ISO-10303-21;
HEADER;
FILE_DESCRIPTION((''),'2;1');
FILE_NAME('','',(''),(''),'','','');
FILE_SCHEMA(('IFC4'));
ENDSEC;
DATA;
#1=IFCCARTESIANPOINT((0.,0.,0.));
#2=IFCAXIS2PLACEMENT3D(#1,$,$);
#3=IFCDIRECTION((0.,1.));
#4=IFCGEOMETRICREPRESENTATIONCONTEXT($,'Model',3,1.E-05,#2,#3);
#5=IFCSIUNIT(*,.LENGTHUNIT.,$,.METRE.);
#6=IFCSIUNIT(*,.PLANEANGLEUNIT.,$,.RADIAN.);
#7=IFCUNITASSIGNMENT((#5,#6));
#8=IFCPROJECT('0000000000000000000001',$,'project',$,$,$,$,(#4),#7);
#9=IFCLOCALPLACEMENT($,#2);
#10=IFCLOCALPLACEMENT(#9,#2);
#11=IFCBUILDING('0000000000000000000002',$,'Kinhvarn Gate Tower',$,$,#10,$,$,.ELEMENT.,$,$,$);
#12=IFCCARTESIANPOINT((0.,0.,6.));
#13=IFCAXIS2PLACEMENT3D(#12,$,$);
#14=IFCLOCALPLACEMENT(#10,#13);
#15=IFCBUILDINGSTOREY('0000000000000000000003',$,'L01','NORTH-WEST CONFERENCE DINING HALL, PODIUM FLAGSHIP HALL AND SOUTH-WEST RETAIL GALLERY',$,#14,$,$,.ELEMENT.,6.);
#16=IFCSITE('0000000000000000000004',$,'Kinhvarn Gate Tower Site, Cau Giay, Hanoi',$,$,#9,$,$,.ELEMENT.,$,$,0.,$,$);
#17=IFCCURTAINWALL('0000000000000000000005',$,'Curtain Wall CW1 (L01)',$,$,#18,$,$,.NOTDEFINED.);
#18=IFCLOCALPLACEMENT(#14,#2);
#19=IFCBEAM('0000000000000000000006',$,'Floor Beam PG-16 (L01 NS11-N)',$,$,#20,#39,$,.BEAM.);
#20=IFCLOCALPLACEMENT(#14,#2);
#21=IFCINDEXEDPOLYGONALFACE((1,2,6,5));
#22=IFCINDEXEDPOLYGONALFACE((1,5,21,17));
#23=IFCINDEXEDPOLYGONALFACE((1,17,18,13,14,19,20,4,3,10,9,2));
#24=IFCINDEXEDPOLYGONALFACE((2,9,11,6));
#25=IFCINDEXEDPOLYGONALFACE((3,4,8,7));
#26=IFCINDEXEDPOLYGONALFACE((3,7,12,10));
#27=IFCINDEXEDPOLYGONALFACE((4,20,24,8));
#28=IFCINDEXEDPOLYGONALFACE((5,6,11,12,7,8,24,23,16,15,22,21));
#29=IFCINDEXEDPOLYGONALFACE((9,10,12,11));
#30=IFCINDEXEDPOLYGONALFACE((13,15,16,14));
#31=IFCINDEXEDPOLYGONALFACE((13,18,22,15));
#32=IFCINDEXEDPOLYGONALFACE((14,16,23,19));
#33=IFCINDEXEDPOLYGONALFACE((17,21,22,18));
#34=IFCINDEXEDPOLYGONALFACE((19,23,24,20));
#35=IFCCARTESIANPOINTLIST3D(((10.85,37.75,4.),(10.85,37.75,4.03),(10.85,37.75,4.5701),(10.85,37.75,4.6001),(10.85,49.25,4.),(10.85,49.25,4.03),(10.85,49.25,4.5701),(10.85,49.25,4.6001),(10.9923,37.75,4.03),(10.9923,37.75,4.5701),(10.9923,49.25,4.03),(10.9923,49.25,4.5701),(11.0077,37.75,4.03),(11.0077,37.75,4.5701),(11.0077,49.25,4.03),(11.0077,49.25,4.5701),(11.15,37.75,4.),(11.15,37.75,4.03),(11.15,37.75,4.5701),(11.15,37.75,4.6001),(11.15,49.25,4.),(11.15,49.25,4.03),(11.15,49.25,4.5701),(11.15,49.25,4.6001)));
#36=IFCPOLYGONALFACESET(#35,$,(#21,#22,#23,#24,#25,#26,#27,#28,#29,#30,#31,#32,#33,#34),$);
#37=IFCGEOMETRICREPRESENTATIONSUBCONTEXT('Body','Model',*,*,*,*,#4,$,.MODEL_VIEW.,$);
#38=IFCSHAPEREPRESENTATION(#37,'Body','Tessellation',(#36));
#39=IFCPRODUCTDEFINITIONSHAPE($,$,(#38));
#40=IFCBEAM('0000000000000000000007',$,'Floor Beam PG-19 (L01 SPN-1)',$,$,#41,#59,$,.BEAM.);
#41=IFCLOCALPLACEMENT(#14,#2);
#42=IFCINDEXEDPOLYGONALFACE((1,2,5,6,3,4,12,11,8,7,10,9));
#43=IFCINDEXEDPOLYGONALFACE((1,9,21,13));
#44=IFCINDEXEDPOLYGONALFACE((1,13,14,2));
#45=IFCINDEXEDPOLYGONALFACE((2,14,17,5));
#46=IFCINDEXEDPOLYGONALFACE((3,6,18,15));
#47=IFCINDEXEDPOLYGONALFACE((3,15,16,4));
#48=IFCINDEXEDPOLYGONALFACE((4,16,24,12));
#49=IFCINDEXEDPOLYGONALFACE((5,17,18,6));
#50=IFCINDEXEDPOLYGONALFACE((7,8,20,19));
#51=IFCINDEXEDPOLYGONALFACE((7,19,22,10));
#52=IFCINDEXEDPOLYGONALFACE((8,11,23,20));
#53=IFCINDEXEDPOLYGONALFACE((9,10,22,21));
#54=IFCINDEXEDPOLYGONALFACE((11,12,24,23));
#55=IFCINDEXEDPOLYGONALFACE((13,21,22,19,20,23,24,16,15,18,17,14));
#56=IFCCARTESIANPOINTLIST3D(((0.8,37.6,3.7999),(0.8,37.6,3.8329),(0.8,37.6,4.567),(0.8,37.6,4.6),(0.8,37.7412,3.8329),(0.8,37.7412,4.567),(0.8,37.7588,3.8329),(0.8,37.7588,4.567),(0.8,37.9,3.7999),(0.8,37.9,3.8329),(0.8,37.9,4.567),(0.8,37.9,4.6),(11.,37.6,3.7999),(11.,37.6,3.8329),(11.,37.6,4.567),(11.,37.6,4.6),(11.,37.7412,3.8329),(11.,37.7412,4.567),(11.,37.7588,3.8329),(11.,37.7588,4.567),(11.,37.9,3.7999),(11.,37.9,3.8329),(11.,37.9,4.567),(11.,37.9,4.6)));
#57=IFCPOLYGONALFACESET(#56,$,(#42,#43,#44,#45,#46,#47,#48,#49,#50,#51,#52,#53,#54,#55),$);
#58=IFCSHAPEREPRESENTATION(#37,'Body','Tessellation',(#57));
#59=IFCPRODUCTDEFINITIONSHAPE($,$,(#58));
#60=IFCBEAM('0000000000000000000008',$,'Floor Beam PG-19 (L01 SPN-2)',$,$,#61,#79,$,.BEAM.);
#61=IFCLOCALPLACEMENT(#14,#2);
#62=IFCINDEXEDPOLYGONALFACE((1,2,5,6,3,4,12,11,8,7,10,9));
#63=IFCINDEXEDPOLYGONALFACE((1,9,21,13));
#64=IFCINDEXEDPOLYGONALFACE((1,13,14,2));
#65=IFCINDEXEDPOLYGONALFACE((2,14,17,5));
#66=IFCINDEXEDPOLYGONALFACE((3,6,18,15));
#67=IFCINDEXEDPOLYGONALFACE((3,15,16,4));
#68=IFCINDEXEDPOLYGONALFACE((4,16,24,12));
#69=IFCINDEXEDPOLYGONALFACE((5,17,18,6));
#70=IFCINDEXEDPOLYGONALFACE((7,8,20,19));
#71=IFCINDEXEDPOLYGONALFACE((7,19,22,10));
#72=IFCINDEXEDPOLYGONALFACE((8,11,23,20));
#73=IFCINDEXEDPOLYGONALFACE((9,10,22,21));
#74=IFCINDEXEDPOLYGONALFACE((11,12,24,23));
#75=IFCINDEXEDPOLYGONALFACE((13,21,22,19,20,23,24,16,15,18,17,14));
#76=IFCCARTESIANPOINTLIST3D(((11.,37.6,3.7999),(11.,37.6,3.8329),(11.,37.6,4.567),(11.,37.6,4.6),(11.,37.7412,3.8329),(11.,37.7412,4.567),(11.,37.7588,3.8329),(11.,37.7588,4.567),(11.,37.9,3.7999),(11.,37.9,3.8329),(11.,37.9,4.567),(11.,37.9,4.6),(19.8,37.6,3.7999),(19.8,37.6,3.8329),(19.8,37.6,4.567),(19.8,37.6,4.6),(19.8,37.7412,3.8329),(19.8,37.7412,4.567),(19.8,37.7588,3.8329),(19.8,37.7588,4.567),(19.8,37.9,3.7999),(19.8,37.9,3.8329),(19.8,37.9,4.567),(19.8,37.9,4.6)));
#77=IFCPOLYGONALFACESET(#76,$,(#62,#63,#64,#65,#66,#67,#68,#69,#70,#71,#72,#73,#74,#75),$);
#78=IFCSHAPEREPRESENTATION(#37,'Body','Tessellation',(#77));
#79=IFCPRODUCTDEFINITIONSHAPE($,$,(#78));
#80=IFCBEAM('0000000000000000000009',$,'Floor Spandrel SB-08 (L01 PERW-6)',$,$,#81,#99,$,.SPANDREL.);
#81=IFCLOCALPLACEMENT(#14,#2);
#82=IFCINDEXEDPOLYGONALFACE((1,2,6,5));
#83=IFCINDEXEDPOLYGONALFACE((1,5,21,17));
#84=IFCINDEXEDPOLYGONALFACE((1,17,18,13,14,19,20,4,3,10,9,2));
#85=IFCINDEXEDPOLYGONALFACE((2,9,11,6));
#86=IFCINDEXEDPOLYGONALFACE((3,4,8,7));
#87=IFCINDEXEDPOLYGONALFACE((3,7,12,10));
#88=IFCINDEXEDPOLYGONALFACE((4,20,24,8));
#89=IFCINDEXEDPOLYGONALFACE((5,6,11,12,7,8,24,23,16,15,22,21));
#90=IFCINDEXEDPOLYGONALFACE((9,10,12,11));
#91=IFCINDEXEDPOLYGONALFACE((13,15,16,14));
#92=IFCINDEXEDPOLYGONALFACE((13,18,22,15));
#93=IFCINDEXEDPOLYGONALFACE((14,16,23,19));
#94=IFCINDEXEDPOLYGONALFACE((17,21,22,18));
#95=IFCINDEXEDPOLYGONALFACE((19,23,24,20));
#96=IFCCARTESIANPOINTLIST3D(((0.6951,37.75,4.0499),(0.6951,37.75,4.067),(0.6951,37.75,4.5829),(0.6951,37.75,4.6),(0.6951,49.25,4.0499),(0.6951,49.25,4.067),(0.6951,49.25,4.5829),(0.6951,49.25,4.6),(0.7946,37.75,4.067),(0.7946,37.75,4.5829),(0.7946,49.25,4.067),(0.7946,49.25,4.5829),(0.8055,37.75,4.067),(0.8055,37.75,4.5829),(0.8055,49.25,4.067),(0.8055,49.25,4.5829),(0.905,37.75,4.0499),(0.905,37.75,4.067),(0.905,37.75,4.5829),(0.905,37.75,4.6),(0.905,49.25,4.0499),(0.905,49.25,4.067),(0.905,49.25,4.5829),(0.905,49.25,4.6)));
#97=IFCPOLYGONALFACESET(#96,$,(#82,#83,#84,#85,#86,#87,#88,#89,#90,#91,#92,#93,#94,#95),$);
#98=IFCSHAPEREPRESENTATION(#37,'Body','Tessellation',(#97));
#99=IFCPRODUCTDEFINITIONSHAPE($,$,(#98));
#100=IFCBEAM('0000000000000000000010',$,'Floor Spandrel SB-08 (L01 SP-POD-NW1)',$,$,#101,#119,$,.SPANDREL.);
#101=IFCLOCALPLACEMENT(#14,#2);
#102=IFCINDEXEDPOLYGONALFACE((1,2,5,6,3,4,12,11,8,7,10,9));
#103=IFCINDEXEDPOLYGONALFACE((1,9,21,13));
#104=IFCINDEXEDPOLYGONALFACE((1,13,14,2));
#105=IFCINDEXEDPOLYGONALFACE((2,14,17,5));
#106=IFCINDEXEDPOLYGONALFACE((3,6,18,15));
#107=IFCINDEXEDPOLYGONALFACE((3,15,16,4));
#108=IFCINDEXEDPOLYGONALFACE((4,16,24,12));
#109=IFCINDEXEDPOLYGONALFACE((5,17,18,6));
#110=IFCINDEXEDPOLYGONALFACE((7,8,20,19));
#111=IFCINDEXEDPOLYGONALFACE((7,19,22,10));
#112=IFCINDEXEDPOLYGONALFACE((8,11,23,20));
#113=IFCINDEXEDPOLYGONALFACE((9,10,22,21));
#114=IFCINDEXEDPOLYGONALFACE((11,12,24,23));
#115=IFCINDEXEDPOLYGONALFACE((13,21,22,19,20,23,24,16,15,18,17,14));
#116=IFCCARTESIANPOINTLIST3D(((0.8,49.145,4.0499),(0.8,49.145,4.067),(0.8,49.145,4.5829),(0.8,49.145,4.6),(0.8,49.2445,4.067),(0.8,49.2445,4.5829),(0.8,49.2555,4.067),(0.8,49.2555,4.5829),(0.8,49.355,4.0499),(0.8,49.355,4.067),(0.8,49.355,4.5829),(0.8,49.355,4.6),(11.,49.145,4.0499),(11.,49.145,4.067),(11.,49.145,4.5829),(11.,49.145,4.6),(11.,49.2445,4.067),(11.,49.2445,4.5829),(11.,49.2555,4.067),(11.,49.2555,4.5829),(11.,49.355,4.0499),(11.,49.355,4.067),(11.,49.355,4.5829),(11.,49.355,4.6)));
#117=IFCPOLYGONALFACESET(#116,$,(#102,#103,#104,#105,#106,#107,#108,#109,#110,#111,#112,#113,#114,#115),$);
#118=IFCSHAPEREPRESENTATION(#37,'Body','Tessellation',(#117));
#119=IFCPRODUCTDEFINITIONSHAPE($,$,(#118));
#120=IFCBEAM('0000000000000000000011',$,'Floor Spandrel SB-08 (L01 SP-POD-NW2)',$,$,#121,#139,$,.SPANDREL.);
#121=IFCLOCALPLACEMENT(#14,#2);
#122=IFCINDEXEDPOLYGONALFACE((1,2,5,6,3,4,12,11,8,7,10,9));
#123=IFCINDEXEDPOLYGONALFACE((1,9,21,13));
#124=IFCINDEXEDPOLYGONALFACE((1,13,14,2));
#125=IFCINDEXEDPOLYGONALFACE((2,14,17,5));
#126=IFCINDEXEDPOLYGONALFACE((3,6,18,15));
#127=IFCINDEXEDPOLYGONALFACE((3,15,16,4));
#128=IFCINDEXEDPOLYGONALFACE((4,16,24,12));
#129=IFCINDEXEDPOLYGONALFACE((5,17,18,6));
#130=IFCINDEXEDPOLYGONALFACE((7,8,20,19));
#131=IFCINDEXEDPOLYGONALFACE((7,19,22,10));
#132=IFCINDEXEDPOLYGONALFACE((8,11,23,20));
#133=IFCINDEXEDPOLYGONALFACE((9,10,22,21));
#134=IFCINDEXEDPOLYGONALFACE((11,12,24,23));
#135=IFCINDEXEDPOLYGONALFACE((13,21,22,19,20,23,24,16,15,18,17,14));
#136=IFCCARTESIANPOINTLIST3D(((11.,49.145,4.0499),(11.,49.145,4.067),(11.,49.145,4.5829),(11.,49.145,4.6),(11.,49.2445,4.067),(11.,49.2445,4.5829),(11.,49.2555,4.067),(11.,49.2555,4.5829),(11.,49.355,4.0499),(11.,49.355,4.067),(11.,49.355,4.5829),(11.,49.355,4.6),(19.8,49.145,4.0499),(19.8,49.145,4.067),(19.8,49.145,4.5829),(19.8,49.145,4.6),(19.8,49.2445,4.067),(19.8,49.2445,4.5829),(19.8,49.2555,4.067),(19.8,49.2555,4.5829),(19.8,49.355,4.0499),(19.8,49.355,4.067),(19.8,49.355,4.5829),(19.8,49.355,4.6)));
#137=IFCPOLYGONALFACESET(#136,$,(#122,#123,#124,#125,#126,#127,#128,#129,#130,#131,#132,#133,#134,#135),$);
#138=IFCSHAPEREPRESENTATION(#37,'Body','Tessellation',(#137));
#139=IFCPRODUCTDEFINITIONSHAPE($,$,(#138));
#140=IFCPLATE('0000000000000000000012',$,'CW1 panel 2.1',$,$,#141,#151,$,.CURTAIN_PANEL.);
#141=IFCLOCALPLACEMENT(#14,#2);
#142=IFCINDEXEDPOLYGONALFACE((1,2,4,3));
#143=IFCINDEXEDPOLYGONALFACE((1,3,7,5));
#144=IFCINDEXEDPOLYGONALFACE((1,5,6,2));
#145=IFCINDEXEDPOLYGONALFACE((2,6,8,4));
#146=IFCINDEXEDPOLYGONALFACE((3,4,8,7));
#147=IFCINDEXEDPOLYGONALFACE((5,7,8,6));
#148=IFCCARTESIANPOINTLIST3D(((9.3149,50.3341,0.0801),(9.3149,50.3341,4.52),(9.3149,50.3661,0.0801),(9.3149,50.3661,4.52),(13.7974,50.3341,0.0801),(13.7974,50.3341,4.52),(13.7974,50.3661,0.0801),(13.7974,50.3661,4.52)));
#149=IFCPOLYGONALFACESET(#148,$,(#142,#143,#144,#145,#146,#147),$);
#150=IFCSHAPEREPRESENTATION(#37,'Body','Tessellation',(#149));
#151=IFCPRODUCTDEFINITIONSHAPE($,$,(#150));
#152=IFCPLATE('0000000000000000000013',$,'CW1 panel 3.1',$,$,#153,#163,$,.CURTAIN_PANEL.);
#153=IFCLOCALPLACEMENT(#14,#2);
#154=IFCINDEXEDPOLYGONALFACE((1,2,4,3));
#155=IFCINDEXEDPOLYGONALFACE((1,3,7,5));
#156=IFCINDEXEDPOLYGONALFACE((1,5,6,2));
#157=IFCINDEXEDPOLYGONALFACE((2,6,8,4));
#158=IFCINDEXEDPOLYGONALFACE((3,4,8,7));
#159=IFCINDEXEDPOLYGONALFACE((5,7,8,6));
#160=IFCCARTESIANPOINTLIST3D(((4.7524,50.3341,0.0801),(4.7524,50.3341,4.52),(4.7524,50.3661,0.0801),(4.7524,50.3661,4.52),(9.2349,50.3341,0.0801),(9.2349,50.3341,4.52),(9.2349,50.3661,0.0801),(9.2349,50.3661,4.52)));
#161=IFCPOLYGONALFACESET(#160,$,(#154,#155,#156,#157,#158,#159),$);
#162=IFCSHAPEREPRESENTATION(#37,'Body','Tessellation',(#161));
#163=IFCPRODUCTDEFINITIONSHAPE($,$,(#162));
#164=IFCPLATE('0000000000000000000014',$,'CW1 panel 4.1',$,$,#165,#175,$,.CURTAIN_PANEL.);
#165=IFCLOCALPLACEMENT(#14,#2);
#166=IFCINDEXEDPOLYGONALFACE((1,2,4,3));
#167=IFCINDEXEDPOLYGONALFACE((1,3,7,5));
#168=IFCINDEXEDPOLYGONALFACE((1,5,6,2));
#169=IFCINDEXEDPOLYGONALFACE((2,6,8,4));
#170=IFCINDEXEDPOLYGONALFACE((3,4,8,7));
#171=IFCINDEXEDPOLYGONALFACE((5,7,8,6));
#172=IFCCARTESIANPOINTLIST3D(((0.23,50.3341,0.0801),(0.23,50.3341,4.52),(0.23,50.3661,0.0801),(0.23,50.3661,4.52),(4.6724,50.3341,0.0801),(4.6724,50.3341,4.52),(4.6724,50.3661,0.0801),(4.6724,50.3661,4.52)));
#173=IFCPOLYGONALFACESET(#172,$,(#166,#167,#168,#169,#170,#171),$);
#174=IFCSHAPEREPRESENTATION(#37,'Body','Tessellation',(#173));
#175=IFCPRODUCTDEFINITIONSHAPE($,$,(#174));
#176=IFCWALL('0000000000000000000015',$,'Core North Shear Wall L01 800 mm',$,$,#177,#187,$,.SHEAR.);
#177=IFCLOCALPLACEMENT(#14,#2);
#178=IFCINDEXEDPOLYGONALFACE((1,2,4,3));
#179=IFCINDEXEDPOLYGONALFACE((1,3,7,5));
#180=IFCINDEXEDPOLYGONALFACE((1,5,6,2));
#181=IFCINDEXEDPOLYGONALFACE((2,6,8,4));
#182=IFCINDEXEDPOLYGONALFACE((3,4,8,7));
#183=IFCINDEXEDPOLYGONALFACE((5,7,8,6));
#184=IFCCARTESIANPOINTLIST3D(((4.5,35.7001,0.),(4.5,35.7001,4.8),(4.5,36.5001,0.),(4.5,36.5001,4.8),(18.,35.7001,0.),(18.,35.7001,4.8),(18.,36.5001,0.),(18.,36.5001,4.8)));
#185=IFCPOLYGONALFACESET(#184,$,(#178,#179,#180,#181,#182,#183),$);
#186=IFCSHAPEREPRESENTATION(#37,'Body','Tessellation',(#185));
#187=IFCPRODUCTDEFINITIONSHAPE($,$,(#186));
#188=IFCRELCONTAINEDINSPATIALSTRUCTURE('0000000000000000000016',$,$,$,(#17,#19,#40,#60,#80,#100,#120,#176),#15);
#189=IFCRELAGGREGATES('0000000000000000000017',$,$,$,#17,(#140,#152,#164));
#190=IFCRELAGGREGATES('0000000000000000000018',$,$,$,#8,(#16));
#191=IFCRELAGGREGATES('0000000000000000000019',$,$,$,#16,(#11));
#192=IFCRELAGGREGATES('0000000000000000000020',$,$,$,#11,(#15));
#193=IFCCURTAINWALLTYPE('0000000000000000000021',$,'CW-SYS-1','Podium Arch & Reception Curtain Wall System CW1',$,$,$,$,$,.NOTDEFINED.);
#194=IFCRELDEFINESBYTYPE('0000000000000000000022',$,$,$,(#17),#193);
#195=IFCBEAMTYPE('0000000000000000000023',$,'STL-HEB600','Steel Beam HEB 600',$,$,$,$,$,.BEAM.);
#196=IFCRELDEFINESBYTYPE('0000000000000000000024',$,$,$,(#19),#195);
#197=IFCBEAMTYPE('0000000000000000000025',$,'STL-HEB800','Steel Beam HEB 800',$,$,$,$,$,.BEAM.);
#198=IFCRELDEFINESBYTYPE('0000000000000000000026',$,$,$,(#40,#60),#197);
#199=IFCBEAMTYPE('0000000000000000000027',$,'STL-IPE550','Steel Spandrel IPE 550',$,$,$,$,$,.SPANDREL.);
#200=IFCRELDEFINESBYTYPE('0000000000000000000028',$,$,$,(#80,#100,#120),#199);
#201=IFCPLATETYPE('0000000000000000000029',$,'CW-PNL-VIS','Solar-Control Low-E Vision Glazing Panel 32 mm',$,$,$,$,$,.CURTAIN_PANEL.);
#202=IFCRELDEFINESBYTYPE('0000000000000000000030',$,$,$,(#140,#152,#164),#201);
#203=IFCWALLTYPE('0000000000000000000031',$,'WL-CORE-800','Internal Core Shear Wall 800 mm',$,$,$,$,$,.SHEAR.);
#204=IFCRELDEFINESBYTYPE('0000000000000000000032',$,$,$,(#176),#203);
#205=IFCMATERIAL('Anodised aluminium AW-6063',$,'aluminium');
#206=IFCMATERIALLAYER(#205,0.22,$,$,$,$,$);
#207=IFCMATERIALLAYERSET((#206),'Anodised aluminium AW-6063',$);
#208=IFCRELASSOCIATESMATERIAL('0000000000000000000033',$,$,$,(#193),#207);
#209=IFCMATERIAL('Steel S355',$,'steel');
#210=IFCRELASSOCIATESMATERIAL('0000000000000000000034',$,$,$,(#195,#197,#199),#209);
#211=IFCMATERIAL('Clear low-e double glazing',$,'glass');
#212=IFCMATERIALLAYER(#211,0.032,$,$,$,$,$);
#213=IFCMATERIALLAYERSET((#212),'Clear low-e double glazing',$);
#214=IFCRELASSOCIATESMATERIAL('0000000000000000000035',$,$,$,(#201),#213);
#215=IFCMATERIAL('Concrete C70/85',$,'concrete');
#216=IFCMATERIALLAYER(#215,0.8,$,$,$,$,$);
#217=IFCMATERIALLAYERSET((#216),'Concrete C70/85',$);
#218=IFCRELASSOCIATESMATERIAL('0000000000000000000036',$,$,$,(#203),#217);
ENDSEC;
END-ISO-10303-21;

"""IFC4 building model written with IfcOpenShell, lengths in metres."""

from ifc_helpers import new_model, si_unit, direction, frame, frame_2d, origin, origin_2d, place, context, subcontext, project, spatial, rectangle, i_section, extrude, material, layer, layer_set, material_profile, profile_set, type_object, element, aggregate, save


model = new_model("IFC4")

# Units and contexts
model_context = context("Model", 3, precision=1e-05, world=origin(), true_north=direction((0.0, 1.0)))
body_context = subcontext(model_context, "Body", "Model", "MODEL_VIEW")
ifc_project = project(units=[si_unit("LENGTHUNIT", "METRE"), si_unit("PLANEANGLEUNIT", "RADIAN")], contexts=[model_context])

# Site, building, storey
site_placement = place(None, origin())
site = spatial("IfcSite", under=ifc_project, at=site_placement, Name="Kinhvarn Gate Tower Site, Cau Giay, Hanoi", CompositionType="ELEMENT", RefElevation=0.0)
building_placement = place(site_placement, origin())
building = spatial("IfcBuilding", under=site, at=building_placement, Name="Kinhvarn Gate Tower", CompositionType="ELEMENT")
storey_placement = place(building_placement, frame((0.0, 0.0, 6.0)))
storey = spatial("IfcBuildingStorey", under=building, at=storey_placement, Name="L01", Description="NORTH-WEST CONFERENCE DINING HALL, PODIUM FLAGSHIP HALL AND SOUTH-WEST RETAIL GALLERY", CompositionType="ELEMENT", Elevation=6.0)

# Shared definitions
ifc_material_1 = material(Name="Concrete C70/85", Category="concrete")

# Curtain wall
ifc_material_2 = material(Name="Anodised aluminium AW-6063", Category="aluminium")
ifc_layer_1 = layer(ifc_material_2, 0.22)
ifc_layer_set_1 = layer_set([ifc_layer_1], Name="Anodised aluminium AW-6063")
curtain_wall_type = type_object("IfcCurtainWallType", Name="CW-SYS-1", Description="Podium Arch & Reception Curtain Wall System CW1", PredefinedType="NOTDEFINED", material=ifc_layer_set_1)
curtain_wall_placement = place(storey_placement, origin())
curtain_wall = element("IfcCurtainWall", 1, at=curtain_wall_placement, inside=storey, type_object=curtain_wall_type, Name="Curtain Wall CW1 (L01)", PredefinedType="NOTDEFINED")

# Beams
ifc_material_3 = material(Name="Steel S355", Category="steel")
ifc_material_profile_1 = material_profile(ifc_material_3, i_section(OverallWidth=0.3, OverallDepth=0.6001, WebThickness=0.0154, FlangeThickness=0.03, at=origin_2d()), Name="HEB 600")
ifc_profile_set_1 = profile_set([ifc_material_profile_1], Name="Steel S355")
beam_type_1 = type_object("IfcBeamType", Name="STL-HEB600", Description="Steel Beam HEB 600", PredefinedType="BEAM", material=ifc_profile_set_1)
beam_1_placement = place(storey_placement, frame((11.0, 37.75, 4.3), z_axis=(0.0, 1.0, 0.0), x_axis=(-1.0, 0.0, 0.0)))
element("IfcBeam", 2, at=beam_1_placement, inside=storey, type_object=beam_type_1, Name="Floor Beam PG-16 (L01 NS11-N)", PredefinedType="BEAM", context=body_context, shape_type="SweptSolid", body=[
    extrude(i_section(OverallWidth=0.3, OverallDepth=0.6001, WebThickness=0.0154, FlangeThickness=0.03, at=origin_2d()), origin(), (0.0, 0.0, 1.0), 11.5),
])
ifc_material_profile_2 = material_profile(ifc_material_3, i_section(OverallWidth=0.3, OverallDepth=0.8, WebThickness=0.0176, FlangeThickness=0.033, at=origin_2d()), Name="HEB 800")
ifc_profile_set_2 = profile_set([ifc_material_profile_2], Name="Steel S355")
beam_type_2 = type_object("IfcBeamType", Name="STL-HEB800", Description="Steel Beam HEB 800", PredefinedType="BEAM", material=ifc_profile_set_2)
beam_2_placement = place(storey_placement, frame((0.8, 37.75, 4.2), z_axis=(1.0, 0.0, 0.0), x_axis=(0.0, 1.0, 0.0)))
element("IfcBeam", 3, at=beam_2_placement, inside=storey, type_object=beam_type_2, Name="Floor Beam PG-19 (L01 SPN-1)", PredefinedType="BEAM", context=body_context, shape_type="SweptSolid", body=[
    extrude(i_section(OverallWidth=0.3, OverallDepth=0.8, WebThickness=0.0176, FlangeThickness=0.033, at=origin_2d()), origin(), (0.0, 0.0, 1.0), 10.2),
])
beam_3_placement = place(storey_placement, frame((11.0, 37.75, 4.2), z_axis=(1.0, 0.0, 0.0), x_axis=(0.0, 1.0, 0.0)))
element("IfcBeam", 4, at=beam_3_placement, inside=storey, type_object=beam_type_2, Name="Floor Beam PG-19 (L01 SPN-2)", PredefinedType="BEAM", context=body_context, shape_type="SweptSolid", body=[
    extrude(i_section(OverallWidth=0.3, OverallDepth=0.8, WebThickness=0.0176, FlangeThickness=0.033, at=origin_2d()), origin(), (0.0, 0.0, 1.0), 8.8),
])
ifc_material_profile_3 = material_profile(ifc_material_3, i_section(OverallWidth=0.21, OverallDepth=0.55, WebThickness=0.011, FlangeThickness=0.0171, at=origin_2d()), Name="IPE 550")
ifc_profile_set_3 = profile_set([ifc_material_profile_3], Name="Steel S355")
beam_type_3 = type_object("IfcBeamType", Name="STL-IPE550", Description="Steel Spandrel IPE 550", PredefinedType="SPANDREL", material=ifc_profile_set_3)
beam_4_placement = place(storey_placement, frame((0.8, 37.75, 4.325), z_axis=(0.0, 1.0, 0.0), x_axis=(-1.0, 0.0, 0.0)))
element("IfcBeam", 5, at=beam_4_placement, inside=storey, type_object=beam_type_3, Name="Floor Spandrel SB-08 (L01 PERW-6)", PredefinedType="SPANDREL", context=body_context, shape_type="SweptSolid", body=[
    extrude(i_section(OverallWidth=0.21, OverallDepth=0.55, WebThickness=0.011, FlangeThickness=0.0171, at=origin_2d()), origin(), (0.0, 0.0, 1.0), 11.5),
])
beam_5_placement = place(storey_placement, frame((0.8, 49.25, 4.325), z_axis=(1.0, 0.0, 0.0), x_axis=(0.0, 1.0, 0.0)))
element("IfcBeam", 6, at=beam_5_placement, inside=storey, type_object=beam_type_3, Name="Floor Spandrel SB-08 (L01 SP-POD-NW1)", PredefinedType="SPANDREL", context=body_context, shape_type="SweptSolid", body=[
    extrude(i_section(OverallWidth=0.21, OverallDepth=0.55, WebThickness=0.011, FlangeThickness=0.0171, at=origin_2d()), origin(), (0.0, 0.0, 1.0), 10.2),
])
beam_6_placement = place(storey_placement, frame((11.0, 49.25, 4.325), z_axis=(1.0, 0.0, 0.0), x_axis=(0.0, 1.0, 0.0)))
element("IfcBeam", 7, at=beam_6_placement, inside=storey, type_object=beam_type_3, Name="Floor Spandrel SB-08 (L01 SP-POD-NW2)", PredefinedType="SPANDREL", context=body_context, shape_type="SweptSolid", body=[
    extrude(i_section(OverallWidth=0.21, OverallDepth=0.55, WebThickness=0.011, FlangeThickness=0.0171, at=origin_2d()), origin(), (0.0, 0.0, 1.0), 8.8),
])

# Plates
ifc_material_4 = material(Name="Clear low-e double glazing", Category="glass")
ifc_layer_2 = layer(ifc_material_4, 0.032)
ifc_layer_set_2 = layer_set([ifc_layer_2], Name="Clear low-e double glazing")
plate_type = type_object("IfcPlateType", Name="CW-PNL-VIS", Description="Solar-Control Low-E Vision Glazing Panel 32 mm", PredefinedType="CURTAIN_PANEL", material=ifc_layer_set_2)
plate_1_placement = place(storey_placement, frame((11.5562, 50.3501, 0.0801), z_axis=(0.0, 0.0, 1.0), x_axis=(-1.0, 0.0, 0.0)))
plate_1 = element("IfcPlate", 8, at=plate_1_placement, type_object=plate_type, Name="CW1 panel 2.1", PredefinedType="CURTAIN_PANEL", context=body_context, shape_type="SweptSolid", body=[
    extrude(rectangle(XDim=4.4824, YDim=0.032, at=origin_2d()), origin(), (0.0, 0.0, 1.0), 4.4399),
])
plate_2_placement = place(storey_placement, frame((6.9937, 50.3501, 0.0801), z_axis=(0.0, 0.0, 1.0), x_axis=(-1.0, 0.0, 0.0)))
plate_2 = element("IfcPlate", 9, at=plate_2_placement, type_object=plate_type, Name="CW1 panel 3.1", PredefinedType="CURTAIN_PANEL", context=body_context, shape_type="SweptSolid", body=[
    extrude(rectangle(XDim=4.4824, YDim=0.032, at=origin_2d()), origin(), (0.0, 0.0, 1.0), 4.4399),
])
plate_3_placement = place(storey_placement, frame((2.4512, 50.3501, 0.0801), z_axis=(0.0, 0.0, 1.0), x_axis=(-1.0, 0.0, 0.0)))
plate_3 = element("IfcPlate", 10, at=plate_3_placement, type_object=plate_type, Name="CW1 panel 4.1", PredefinedType="CURTAIN_PANEL", context=body_context, shape_type="SweptSolid", body=[
    extrude(rectangle(XDim=4.4424, YDim=0.032, at=origin_2d()), origin(), (0.0, 0.0, 1.0), 4.4399),
])
aggregate(curtain_wall, [plate_1, plate_2, plate_3])

# Wall
ifc_layer_3 = layer(ifc_material_1, 0.8)
ifc_layer_set_3 = layer_set([ifc_layer_3], Name="Concrete C70/85")
wall_type_1 = type_object("IfcWallType", Name="WL-CORE-800", Description="Internal Core Shear Wall 800 mm", PredefinedType="SHEAR", material=ifc_layer_set_3)
wall_1_placement = place(storey_placement, frame((4.5, 36.1001, 0.0), z_axis=(0.0, 0.0, 1.0), x_axis=(1.0, 0.0, 0.0)))
element("IfcWall", 11, at=wall_1_placement, inside=storey, type_object=wall_type_1, Name="Core North Shear Wall L01 800 mm", PredefinedType="SHEAR", context=body_context, shape_type="SweptSolid", body=[
    extrude(rectangle(XDim=13.5, YDim=0.8, at=frame_2d((6.75, 0.0))), origin(), (0.0, 0.0, 1.0), 4.8),
])

save(model, "model.ifc")
